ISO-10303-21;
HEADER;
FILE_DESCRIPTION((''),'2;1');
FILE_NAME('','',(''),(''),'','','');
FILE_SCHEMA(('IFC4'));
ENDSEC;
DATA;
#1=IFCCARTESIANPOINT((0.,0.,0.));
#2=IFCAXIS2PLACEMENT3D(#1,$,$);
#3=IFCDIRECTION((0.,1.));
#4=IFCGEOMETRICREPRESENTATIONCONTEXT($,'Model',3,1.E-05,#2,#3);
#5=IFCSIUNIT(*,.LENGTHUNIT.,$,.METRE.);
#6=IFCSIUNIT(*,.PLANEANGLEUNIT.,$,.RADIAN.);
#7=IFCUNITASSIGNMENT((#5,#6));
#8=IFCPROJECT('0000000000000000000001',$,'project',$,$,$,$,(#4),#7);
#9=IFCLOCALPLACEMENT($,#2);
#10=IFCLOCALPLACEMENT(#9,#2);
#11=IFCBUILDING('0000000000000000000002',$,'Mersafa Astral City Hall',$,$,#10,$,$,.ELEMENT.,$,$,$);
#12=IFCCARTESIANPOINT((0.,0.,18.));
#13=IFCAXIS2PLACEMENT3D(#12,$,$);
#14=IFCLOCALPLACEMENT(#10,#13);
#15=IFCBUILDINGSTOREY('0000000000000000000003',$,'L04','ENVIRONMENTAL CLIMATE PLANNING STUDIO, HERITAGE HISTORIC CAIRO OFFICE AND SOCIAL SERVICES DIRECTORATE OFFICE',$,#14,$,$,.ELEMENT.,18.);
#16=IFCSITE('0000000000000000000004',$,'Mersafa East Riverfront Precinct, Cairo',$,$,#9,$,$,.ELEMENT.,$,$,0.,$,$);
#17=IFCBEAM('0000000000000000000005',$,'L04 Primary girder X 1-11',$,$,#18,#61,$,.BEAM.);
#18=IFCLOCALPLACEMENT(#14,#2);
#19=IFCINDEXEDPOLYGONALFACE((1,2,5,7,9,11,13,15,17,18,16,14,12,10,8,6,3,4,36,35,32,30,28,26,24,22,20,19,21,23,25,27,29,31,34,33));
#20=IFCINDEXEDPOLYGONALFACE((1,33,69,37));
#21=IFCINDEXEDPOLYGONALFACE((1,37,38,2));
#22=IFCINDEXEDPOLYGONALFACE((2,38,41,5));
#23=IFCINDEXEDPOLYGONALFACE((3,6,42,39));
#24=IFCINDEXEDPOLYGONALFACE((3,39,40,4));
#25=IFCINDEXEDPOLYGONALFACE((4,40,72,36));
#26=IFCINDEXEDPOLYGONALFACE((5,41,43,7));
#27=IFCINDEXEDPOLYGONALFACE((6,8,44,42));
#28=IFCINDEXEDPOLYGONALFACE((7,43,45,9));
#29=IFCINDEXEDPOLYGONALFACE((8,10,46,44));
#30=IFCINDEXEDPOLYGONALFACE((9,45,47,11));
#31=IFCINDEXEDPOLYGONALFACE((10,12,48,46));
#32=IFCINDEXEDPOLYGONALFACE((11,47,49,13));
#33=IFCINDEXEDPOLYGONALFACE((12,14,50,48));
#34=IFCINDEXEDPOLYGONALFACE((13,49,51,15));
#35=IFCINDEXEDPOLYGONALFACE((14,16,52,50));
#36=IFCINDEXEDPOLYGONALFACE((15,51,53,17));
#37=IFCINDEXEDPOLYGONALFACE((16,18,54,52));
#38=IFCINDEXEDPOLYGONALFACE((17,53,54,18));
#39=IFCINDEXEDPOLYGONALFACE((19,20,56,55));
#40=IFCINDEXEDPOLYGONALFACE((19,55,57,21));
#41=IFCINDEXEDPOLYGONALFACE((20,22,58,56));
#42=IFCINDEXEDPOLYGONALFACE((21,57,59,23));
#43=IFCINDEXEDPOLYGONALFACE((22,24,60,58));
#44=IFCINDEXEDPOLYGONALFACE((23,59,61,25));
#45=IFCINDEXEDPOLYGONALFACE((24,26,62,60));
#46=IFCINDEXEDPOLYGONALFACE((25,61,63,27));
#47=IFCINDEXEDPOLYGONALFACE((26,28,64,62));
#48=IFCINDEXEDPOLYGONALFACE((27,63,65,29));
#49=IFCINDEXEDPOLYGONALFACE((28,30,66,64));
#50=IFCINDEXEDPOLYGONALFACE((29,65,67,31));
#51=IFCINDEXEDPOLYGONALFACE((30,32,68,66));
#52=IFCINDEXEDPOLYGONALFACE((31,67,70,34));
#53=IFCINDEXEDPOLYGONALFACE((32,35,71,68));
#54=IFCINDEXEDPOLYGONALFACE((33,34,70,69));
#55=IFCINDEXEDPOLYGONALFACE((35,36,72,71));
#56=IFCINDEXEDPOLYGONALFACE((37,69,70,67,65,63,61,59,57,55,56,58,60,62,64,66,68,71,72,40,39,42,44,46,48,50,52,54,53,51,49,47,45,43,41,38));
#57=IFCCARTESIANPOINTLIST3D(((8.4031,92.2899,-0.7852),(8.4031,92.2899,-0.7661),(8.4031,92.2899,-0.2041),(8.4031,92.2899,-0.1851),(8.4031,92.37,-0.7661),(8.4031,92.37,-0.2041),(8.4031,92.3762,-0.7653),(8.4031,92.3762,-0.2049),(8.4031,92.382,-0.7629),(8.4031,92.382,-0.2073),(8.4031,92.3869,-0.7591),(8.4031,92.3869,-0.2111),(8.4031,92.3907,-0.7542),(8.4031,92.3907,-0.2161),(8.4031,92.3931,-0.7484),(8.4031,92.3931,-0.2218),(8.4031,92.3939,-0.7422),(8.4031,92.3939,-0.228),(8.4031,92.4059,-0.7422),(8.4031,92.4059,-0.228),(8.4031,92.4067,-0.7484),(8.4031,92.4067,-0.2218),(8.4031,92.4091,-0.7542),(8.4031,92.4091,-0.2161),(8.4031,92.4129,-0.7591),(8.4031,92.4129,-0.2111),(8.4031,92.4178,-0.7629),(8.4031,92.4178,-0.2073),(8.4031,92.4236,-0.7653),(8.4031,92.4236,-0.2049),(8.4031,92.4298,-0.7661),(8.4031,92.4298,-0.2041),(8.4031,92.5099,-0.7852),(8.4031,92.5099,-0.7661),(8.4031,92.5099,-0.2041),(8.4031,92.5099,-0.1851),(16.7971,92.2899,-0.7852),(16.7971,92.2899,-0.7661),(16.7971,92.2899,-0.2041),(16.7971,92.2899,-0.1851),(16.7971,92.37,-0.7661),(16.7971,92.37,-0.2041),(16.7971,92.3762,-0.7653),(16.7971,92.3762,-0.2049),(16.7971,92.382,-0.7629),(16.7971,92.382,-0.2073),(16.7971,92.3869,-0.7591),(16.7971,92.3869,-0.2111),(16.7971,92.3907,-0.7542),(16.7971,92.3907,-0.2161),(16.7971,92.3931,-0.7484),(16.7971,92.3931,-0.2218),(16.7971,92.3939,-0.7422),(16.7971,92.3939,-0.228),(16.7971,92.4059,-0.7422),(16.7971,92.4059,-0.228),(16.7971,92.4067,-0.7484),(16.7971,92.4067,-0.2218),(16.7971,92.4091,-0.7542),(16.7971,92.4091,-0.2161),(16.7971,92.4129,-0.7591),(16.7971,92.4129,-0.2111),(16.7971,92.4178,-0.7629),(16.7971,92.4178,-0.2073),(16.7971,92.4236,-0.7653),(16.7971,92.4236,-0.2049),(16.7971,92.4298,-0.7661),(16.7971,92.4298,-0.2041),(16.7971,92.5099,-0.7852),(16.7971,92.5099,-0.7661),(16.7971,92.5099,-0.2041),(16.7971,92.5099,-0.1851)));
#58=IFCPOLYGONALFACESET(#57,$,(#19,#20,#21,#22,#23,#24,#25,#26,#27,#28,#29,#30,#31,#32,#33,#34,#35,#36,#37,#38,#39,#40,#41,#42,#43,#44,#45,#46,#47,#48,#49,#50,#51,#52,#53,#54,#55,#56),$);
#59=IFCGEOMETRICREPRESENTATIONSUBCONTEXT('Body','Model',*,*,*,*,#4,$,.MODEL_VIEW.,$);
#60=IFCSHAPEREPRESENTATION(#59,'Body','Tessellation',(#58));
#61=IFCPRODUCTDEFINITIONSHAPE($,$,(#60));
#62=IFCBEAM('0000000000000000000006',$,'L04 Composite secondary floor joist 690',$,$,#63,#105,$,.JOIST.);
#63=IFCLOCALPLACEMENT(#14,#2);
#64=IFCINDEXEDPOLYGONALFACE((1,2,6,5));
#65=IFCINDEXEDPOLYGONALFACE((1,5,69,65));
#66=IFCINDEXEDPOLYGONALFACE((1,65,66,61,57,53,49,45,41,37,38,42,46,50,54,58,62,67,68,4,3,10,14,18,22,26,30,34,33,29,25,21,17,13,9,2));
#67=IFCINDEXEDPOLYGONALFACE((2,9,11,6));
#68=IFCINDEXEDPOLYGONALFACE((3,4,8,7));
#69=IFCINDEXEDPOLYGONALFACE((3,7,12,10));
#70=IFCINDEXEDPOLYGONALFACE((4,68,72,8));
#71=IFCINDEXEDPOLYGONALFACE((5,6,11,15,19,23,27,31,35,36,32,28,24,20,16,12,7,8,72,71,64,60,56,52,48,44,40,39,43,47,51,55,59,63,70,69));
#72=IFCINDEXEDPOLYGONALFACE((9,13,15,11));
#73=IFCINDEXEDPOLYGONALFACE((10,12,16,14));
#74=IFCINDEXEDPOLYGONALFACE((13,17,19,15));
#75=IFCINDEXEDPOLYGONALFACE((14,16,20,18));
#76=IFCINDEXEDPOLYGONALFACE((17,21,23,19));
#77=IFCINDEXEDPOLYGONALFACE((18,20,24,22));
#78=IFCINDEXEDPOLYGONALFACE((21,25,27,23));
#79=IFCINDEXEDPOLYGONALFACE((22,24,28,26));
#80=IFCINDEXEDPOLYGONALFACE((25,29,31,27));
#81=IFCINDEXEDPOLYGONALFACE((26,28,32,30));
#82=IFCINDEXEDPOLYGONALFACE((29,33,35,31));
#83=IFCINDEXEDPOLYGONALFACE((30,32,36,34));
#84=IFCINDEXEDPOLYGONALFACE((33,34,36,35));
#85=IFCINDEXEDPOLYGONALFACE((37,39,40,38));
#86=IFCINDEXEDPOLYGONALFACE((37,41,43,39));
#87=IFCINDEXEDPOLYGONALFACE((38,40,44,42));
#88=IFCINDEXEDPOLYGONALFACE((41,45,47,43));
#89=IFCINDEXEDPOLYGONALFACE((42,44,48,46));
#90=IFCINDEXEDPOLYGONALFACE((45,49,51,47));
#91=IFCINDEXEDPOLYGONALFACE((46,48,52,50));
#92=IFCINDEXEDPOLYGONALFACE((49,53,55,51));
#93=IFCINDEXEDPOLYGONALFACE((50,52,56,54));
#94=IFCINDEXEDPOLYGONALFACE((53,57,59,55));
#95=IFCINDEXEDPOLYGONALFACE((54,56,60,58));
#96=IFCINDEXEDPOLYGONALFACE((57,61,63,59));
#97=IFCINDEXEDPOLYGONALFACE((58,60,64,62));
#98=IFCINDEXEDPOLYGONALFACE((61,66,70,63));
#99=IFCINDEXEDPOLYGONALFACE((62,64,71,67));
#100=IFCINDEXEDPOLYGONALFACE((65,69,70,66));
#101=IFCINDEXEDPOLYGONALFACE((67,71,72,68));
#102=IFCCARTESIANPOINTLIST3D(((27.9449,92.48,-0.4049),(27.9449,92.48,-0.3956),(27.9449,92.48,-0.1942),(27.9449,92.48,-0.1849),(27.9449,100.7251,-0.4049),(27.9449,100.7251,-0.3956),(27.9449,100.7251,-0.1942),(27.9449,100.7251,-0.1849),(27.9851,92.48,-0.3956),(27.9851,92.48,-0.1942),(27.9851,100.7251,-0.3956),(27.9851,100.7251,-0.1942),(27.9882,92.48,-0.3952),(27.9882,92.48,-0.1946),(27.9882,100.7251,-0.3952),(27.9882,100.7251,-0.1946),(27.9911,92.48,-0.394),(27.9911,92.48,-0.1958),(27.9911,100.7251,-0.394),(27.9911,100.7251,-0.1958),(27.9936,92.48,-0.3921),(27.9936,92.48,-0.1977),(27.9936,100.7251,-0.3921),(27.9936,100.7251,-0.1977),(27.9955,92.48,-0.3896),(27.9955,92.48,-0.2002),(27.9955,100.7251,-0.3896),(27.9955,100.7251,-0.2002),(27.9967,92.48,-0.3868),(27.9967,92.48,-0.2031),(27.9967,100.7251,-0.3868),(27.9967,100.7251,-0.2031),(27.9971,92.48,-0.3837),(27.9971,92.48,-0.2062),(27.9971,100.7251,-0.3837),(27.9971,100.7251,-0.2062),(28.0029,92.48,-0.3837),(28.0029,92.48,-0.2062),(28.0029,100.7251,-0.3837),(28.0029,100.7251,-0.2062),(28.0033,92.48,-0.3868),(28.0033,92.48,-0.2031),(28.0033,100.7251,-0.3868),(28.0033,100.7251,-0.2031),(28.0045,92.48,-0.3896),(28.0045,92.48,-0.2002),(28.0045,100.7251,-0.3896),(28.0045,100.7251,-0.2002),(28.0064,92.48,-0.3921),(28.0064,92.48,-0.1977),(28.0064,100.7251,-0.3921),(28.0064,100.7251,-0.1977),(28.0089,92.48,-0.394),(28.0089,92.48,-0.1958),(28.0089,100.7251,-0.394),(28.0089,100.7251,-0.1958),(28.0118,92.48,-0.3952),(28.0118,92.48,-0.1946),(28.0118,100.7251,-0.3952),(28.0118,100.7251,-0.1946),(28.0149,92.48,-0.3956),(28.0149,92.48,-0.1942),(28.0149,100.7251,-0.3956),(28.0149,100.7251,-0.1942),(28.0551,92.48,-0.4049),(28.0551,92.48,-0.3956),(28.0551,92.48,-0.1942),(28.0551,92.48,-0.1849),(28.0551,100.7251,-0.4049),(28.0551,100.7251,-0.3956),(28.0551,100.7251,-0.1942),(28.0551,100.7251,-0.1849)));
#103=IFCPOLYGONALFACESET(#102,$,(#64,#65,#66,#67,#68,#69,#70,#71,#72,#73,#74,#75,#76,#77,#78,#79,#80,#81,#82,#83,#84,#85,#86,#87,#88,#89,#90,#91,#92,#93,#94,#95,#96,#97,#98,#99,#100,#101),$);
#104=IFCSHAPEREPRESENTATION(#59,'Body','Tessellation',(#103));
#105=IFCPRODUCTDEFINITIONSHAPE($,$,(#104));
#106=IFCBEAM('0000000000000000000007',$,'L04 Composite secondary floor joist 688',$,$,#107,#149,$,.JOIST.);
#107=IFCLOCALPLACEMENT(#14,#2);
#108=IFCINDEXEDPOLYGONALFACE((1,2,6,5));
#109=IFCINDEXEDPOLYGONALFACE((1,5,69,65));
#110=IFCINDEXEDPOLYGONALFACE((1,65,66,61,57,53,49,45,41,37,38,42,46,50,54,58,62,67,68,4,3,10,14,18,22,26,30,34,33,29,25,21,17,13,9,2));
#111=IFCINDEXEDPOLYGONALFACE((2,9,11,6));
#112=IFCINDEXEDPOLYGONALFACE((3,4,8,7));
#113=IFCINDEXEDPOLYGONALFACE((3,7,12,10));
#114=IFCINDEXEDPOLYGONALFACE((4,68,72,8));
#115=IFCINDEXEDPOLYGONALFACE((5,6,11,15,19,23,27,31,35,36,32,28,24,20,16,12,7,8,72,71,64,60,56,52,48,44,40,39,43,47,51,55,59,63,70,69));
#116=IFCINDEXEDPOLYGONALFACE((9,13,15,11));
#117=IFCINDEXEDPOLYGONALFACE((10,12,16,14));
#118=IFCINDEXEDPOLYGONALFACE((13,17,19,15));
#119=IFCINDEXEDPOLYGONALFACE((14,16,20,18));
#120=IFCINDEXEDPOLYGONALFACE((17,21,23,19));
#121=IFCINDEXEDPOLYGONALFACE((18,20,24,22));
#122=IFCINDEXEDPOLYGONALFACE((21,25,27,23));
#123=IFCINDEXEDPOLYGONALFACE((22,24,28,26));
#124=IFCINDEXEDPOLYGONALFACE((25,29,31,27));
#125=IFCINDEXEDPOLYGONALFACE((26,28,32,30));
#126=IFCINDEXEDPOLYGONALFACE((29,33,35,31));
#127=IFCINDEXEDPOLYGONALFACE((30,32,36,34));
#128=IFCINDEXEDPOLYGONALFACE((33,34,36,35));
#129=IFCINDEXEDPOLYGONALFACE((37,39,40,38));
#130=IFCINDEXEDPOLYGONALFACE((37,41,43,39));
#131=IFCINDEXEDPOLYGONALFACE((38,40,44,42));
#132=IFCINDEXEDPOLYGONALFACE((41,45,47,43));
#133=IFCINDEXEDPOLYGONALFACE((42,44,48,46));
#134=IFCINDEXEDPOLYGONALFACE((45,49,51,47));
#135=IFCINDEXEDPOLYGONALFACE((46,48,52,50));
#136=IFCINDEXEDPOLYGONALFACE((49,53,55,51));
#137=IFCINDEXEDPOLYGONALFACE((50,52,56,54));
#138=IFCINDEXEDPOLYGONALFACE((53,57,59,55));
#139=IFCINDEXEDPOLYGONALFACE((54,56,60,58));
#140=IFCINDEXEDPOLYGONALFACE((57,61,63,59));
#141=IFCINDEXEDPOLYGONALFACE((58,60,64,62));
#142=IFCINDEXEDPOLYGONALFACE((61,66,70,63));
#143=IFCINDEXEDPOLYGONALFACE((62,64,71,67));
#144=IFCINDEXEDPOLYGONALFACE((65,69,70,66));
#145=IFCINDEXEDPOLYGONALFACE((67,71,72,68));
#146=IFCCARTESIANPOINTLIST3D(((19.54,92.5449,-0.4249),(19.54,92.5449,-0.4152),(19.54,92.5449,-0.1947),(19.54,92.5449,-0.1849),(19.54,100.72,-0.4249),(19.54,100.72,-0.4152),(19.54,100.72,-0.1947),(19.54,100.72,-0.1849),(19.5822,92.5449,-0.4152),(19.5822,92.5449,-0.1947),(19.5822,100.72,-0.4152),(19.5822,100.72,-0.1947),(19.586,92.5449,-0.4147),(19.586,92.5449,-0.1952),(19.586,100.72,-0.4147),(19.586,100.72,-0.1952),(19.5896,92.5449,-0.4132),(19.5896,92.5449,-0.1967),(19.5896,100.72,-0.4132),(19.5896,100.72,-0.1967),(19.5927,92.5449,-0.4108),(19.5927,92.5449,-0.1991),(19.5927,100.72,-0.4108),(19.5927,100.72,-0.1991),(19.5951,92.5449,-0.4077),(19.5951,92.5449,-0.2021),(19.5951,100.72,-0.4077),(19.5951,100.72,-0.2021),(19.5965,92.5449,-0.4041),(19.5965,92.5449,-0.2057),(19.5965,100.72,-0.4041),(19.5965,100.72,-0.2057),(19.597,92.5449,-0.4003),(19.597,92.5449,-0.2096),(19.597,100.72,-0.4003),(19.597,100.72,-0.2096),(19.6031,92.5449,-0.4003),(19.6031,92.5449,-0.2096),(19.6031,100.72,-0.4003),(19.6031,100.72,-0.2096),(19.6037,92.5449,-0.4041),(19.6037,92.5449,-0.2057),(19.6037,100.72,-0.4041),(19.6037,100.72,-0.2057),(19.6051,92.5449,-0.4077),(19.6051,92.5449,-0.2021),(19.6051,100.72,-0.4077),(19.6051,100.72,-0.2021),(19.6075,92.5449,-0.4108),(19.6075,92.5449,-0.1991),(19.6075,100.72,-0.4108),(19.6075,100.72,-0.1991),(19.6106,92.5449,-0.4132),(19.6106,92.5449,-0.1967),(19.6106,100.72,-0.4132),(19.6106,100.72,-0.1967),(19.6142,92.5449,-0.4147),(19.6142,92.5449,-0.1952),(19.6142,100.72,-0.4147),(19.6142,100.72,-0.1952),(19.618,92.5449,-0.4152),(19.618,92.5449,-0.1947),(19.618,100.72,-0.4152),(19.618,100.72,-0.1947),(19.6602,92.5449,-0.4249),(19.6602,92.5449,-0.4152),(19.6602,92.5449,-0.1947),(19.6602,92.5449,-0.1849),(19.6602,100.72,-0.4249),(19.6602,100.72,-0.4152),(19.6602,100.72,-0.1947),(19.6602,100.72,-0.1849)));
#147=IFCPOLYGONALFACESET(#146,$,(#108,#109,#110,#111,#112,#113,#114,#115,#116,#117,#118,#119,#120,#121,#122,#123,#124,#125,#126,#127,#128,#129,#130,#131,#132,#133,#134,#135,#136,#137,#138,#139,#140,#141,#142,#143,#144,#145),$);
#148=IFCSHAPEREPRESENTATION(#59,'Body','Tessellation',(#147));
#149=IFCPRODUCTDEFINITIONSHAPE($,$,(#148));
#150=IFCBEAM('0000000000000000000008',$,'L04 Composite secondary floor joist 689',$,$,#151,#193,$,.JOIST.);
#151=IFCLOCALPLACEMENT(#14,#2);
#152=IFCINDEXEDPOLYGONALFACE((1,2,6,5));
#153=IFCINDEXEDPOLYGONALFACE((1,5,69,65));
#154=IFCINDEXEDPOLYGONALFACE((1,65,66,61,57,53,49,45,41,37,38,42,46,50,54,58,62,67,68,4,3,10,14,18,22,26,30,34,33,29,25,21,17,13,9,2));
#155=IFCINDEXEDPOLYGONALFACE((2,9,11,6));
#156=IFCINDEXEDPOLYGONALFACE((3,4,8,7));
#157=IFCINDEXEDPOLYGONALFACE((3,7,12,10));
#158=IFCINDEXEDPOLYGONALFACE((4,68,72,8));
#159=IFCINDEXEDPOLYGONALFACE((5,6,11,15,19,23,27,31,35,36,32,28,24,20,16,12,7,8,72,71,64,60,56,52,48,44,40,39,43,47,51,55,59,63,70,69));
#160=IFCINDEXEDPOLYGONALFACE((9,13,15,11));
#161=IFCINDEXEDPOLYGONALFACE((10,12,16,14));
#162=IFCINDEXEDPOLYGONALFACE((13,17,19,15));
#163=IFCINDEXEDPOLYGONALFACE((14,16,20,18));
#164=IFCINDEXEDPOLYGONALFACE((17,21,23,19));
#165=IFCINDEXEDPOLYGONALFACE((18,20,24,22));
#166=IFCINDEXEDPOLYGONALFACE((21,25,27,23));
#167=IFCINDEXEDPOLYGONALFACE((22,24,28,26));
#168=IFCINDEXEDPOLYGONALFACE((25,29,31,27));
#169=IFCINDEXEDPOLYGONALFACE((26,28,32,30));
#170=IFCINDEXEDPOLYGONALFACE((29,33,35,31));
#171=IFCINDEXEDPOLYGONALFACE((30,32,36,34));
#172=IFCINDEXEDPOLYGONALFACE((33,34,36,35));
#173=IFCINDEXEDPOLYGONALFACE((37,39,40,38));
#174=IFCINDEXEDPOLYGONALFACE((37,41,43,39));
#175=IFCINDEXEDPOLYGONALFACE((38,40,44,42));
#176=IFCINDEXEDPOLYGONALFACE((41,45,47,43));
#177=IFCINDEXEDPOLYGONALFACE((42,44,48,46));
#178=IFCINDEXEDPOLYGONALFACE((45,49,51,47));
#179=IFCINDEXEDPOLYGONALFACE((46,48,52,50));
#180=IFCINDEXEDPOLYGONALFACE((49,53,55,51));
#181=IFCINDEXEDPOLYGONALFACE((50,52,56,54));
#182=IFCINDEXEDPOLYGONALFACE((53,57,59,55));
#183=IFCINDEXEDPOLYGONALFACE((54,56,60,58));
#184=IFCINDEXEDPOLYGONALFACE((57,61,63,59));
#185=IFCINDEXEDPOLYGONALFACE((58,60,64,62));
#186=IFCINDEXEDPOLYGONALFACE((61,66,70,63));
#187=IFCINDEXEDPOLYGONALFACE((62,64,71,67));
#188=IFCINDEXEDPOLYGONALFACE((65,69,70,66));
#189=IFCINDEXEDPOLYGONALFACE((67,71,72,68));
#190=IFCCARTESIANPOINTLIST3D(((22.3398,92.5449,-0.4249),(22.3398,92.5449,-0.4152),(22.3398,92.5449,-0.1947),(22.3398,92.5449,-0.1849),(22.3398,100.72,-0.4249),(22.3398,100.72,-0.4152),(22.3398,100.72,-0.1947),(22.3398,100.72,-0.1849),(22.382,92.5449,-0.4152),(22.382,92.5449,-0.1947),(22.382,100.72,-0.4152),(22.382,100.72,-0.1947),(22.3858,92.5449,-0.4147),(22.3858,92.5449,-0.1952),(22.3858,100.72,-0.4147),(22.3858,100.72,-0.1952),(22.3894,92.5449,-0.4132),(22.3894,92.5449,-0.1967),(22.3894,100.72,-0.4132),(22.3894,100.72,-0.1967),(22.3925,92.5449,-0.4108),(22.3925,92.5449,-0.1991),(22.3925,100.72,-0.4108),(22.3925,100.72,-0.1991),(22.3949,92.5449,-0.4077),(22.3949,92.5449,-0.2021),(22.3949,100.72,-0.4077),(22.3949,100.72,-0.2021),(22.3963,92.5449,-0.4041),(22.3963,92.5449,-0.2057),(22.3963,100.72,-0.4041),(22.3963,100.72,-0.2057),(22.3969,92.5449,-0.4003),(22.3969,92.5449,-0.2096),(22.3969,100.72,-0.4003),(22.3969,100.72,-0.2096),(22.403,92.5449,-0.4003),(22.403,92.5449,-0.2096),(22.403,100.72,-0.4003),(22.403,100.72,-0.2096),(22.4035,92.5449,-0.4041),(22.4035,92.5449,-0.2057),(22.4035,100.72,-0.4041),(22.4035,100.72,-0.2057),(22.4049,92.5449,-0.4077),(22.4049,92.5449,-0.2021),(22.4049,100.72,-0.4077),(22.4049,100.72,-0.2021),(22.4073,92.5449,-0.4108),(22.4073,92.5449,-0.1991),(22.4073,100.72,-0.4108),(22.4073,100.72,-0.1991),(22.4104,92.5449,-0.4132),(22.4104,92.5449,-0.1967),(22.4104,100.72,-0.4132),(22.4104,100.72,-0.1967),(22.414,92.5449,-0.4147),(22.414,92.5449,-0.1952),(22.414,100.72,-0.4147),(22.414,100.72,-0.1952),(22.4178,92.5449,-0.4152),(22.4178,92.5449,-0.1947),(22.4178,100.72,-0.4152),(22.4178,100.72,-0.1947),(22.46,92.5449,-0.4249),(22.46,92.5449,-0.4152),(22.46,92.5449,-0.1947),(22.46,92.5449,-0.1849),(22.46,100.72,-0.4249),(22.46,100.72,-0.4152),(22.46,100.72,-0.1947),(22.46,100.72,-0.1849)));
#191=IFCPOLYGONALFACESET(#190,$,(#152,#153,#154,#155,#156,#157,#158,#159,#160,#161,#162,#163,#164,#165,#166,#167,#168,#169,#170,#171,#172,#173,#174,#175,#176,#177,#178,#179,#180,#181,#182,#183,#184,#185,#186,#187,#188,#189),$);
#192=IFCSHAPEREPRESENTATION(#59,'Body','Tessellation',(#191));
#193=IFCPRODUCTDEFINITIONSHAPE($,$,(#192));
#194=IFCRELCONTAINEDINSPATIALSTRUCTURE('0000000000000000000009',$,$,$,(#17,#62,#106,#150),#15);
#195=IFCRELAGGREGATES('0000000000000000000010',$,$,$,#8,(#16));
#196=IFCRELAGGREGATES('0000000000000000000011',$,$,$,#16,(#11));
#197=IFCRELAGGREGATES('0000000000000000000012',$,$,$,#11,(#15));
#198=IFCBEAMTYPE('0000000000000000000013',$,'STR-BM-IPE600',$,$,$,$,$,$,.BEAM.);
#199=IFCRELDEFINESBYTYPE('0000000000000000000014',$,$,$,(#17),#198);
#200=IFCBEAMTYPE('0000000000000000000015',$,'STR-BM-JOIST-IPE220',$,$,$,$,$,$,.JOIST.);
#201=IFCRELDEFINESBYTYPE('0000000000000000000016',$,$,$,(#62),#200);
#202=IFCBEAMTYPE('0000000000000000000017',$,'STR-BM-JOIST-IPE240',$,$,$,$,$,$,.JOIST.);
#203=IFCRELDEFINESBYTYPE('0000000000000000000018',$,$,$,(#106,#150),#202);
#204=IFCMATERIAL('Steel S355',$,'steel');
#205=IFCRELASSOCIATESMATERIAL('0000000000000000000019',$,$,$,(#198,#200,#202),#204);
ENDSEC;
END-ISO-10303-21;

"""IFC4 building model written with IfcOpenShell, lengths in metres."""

from ifc_helpers import new_model, si_unit, direction, frame, origin, origin_2d, place, context, subcontext, project, spatial, i_section, extrude, material, material_profile, profile_set, type_object, element, save


model = new_model("IFC4")

# Units and contexts
model_context = context("Model", 3, precision=1e-05, world=origin(), true_north=direction((0.0, 1.0)))
body_context = subcontext(model_context, "Body", "Model", "MODEL_VIEW")
ifc_project = project(units=[si_unit("LENGTHUNIT", "METRE"), si_unit("PLANEANGLEUNIT", "RADIAN")], contexts=[model_context])

# Site, building, storey
site_placement = place(None, origin())
site = spatial("IfcSite", under=ifc_project, at=site_placement, Name="Mersafa East Riverfront Precinct, Cairo", CompositionType="ELEMENT", RefElevation=0.0)
building_placement = place(site_placement, origin())
building = spatial("IfcBuilding", under=site, at=building_placement, Name="Mersafa Astral City Hall", CompositionType="ELEMENT")
storey_placement = place(building_placement, frame((0.0, 0.0, 18.0)))
storey = spatial("IfcBuildingStorey", under=building, at=storey_placement, Name="L04", Description="ENVIRONMENTAL CLIMATE PLANNING STUDIO, HERITAGE HISTORIC CAIRO OFFICE AND SOCIAL SERVICES DIRECTORATE OFFICE", CompositionType="ELEMENT", Elevation=18.0)

# Shared definitions
ifc_material_1 = material(Name="Steel S355", Category="steel")

# Beams
ifc_material_profile_1 = material_profile(ifc_material_1, i_section(OverallWidth=0.22, OverallDepth=0.6001, WebThickness=0.012, FlangeThickness=0.019, FilletRadius=0.0239, at=origin_2d()), Name="IPE 600")
ifc_profile_set_1 = profile_set([ifc_material_profile_1], Name="Steel S355")
beam_type_1 = type_object("IfcBeamType", Name="STR-BM-IPE600", PredefinedType="BEAM", material=ifc_profile_set_1)
beam_1_placement = place(storey_placement, frame((8.4031, 92.3999, -0.4851), z_axis=(1.0, 0.0, 0.0), x_axis=(0.0, 1.0, 0.0)))
element("IfcBeam", 1, at=beam_1_placement, inside=storey, type_object=beam_type_1, Name="L04 Primary girder X 1-11", PredefinedType="BEAM", context=body_context, shape_type="SweptSolid", body=[
    extrude(i_section(OverallWidth=0.22, OverallDepth=0.6001, WebThickness=0.012, FlangeThickness=0.019, FilletRadius=0.0239, at=origin_2d()), origin(), (0.0, 0.0, 1.0), 8.394),
])
ifc_material_profile_2 = material_profile(ifc_material_1, i_section(OverallWidth=0.1101, OverallDepth=0.22, WebThickness=0.0059, FlangeThickness=0.0093, FilletRadius=0.012, at=origin_2d()), Name="IPE 220")
ifc_profile_set_2 = profile_set([ifc_material_profile_2], Name="Steel S355")
beam_type_2 = type_object("IfcBeamType", Name="STR-BM-JOIST-IPE220", PredefinedType="JOIST", material=ifc_profile_set_2)
beam_2_placement = place(storey_placement, frame((28.0, 92.48, -0.2949), z_axis=(0.0, 1.0, 0.0), x_axis=(-1.0, 0.0, 0.0)))
element("IfcBeam", 2, at=beam_2_placement, inside=storey, type_object=beam_type_2, Name="L04 Composite secondary floor joist 690", PredefinedType="JOIST", context=body_context, shape_type="SweptSolid", body=[
    extrude(i_section(OverallWidth=0.1101, OverallDepth=0.22, WebThickness=0.0059, FlangeThickness=0.0093, FilletRadius=0.012, at=origin_2d()), origin(), (0.0, 0.0, 1.0), 8.2451),
])
ifc_material_profile_3 = material_profile(ifc_material_1, i_section(OverallWidth=0.1201, OverallDepth=0.24, WebThickness=0.0061, FlangeThickness=0.0098, FilletRadius=0.0149, at=origin_2d()), Name="IPE 240")
ifc_profile_set_3 = profile_set([ifc_material_profile_3], Name="Steel S355")
beam_type_3 = type_object("IfcBeamType", Name="STR-BM-JOIST-IPE240", PredefinedType="JOIST", material=ifc_profile_set_3)
for number, where, z_axis, x_axis, name in (
    (3, (19.6001, 92.5449, -0.3049), (0.0, 1.0, 0.0), (-1.0, 0.0, 0.0), "L04 Composite secondary floor joist 688"),
    (4, (22.3999, 92.5449, -0.3049), (0.0, 1.0, 0.0), (-1.0, 0.0, 0.0), "L04 Composite secondary floor joist 689"),
):
    element("IfcBeam", number, at=place(storey_placement, frame(where, z_axis=z_axis, x_axis=x_axis)), inside=storey, type_object=beam_type_3, Name=name, PredefinedType="JOIST", context=body_context, shape_type="SweptSolid", body=[
        extrude(i_section(OverallWidth=0.1201, OverallDepth=0.24, WebThickness=0.0061, FlangeThickness=0.0098, FilletRadius=0.0149, at=origin_2d()), origin(), (0.0, 0.0, 1.0), 8.175),
    ])

save(model, "model.ifc")
